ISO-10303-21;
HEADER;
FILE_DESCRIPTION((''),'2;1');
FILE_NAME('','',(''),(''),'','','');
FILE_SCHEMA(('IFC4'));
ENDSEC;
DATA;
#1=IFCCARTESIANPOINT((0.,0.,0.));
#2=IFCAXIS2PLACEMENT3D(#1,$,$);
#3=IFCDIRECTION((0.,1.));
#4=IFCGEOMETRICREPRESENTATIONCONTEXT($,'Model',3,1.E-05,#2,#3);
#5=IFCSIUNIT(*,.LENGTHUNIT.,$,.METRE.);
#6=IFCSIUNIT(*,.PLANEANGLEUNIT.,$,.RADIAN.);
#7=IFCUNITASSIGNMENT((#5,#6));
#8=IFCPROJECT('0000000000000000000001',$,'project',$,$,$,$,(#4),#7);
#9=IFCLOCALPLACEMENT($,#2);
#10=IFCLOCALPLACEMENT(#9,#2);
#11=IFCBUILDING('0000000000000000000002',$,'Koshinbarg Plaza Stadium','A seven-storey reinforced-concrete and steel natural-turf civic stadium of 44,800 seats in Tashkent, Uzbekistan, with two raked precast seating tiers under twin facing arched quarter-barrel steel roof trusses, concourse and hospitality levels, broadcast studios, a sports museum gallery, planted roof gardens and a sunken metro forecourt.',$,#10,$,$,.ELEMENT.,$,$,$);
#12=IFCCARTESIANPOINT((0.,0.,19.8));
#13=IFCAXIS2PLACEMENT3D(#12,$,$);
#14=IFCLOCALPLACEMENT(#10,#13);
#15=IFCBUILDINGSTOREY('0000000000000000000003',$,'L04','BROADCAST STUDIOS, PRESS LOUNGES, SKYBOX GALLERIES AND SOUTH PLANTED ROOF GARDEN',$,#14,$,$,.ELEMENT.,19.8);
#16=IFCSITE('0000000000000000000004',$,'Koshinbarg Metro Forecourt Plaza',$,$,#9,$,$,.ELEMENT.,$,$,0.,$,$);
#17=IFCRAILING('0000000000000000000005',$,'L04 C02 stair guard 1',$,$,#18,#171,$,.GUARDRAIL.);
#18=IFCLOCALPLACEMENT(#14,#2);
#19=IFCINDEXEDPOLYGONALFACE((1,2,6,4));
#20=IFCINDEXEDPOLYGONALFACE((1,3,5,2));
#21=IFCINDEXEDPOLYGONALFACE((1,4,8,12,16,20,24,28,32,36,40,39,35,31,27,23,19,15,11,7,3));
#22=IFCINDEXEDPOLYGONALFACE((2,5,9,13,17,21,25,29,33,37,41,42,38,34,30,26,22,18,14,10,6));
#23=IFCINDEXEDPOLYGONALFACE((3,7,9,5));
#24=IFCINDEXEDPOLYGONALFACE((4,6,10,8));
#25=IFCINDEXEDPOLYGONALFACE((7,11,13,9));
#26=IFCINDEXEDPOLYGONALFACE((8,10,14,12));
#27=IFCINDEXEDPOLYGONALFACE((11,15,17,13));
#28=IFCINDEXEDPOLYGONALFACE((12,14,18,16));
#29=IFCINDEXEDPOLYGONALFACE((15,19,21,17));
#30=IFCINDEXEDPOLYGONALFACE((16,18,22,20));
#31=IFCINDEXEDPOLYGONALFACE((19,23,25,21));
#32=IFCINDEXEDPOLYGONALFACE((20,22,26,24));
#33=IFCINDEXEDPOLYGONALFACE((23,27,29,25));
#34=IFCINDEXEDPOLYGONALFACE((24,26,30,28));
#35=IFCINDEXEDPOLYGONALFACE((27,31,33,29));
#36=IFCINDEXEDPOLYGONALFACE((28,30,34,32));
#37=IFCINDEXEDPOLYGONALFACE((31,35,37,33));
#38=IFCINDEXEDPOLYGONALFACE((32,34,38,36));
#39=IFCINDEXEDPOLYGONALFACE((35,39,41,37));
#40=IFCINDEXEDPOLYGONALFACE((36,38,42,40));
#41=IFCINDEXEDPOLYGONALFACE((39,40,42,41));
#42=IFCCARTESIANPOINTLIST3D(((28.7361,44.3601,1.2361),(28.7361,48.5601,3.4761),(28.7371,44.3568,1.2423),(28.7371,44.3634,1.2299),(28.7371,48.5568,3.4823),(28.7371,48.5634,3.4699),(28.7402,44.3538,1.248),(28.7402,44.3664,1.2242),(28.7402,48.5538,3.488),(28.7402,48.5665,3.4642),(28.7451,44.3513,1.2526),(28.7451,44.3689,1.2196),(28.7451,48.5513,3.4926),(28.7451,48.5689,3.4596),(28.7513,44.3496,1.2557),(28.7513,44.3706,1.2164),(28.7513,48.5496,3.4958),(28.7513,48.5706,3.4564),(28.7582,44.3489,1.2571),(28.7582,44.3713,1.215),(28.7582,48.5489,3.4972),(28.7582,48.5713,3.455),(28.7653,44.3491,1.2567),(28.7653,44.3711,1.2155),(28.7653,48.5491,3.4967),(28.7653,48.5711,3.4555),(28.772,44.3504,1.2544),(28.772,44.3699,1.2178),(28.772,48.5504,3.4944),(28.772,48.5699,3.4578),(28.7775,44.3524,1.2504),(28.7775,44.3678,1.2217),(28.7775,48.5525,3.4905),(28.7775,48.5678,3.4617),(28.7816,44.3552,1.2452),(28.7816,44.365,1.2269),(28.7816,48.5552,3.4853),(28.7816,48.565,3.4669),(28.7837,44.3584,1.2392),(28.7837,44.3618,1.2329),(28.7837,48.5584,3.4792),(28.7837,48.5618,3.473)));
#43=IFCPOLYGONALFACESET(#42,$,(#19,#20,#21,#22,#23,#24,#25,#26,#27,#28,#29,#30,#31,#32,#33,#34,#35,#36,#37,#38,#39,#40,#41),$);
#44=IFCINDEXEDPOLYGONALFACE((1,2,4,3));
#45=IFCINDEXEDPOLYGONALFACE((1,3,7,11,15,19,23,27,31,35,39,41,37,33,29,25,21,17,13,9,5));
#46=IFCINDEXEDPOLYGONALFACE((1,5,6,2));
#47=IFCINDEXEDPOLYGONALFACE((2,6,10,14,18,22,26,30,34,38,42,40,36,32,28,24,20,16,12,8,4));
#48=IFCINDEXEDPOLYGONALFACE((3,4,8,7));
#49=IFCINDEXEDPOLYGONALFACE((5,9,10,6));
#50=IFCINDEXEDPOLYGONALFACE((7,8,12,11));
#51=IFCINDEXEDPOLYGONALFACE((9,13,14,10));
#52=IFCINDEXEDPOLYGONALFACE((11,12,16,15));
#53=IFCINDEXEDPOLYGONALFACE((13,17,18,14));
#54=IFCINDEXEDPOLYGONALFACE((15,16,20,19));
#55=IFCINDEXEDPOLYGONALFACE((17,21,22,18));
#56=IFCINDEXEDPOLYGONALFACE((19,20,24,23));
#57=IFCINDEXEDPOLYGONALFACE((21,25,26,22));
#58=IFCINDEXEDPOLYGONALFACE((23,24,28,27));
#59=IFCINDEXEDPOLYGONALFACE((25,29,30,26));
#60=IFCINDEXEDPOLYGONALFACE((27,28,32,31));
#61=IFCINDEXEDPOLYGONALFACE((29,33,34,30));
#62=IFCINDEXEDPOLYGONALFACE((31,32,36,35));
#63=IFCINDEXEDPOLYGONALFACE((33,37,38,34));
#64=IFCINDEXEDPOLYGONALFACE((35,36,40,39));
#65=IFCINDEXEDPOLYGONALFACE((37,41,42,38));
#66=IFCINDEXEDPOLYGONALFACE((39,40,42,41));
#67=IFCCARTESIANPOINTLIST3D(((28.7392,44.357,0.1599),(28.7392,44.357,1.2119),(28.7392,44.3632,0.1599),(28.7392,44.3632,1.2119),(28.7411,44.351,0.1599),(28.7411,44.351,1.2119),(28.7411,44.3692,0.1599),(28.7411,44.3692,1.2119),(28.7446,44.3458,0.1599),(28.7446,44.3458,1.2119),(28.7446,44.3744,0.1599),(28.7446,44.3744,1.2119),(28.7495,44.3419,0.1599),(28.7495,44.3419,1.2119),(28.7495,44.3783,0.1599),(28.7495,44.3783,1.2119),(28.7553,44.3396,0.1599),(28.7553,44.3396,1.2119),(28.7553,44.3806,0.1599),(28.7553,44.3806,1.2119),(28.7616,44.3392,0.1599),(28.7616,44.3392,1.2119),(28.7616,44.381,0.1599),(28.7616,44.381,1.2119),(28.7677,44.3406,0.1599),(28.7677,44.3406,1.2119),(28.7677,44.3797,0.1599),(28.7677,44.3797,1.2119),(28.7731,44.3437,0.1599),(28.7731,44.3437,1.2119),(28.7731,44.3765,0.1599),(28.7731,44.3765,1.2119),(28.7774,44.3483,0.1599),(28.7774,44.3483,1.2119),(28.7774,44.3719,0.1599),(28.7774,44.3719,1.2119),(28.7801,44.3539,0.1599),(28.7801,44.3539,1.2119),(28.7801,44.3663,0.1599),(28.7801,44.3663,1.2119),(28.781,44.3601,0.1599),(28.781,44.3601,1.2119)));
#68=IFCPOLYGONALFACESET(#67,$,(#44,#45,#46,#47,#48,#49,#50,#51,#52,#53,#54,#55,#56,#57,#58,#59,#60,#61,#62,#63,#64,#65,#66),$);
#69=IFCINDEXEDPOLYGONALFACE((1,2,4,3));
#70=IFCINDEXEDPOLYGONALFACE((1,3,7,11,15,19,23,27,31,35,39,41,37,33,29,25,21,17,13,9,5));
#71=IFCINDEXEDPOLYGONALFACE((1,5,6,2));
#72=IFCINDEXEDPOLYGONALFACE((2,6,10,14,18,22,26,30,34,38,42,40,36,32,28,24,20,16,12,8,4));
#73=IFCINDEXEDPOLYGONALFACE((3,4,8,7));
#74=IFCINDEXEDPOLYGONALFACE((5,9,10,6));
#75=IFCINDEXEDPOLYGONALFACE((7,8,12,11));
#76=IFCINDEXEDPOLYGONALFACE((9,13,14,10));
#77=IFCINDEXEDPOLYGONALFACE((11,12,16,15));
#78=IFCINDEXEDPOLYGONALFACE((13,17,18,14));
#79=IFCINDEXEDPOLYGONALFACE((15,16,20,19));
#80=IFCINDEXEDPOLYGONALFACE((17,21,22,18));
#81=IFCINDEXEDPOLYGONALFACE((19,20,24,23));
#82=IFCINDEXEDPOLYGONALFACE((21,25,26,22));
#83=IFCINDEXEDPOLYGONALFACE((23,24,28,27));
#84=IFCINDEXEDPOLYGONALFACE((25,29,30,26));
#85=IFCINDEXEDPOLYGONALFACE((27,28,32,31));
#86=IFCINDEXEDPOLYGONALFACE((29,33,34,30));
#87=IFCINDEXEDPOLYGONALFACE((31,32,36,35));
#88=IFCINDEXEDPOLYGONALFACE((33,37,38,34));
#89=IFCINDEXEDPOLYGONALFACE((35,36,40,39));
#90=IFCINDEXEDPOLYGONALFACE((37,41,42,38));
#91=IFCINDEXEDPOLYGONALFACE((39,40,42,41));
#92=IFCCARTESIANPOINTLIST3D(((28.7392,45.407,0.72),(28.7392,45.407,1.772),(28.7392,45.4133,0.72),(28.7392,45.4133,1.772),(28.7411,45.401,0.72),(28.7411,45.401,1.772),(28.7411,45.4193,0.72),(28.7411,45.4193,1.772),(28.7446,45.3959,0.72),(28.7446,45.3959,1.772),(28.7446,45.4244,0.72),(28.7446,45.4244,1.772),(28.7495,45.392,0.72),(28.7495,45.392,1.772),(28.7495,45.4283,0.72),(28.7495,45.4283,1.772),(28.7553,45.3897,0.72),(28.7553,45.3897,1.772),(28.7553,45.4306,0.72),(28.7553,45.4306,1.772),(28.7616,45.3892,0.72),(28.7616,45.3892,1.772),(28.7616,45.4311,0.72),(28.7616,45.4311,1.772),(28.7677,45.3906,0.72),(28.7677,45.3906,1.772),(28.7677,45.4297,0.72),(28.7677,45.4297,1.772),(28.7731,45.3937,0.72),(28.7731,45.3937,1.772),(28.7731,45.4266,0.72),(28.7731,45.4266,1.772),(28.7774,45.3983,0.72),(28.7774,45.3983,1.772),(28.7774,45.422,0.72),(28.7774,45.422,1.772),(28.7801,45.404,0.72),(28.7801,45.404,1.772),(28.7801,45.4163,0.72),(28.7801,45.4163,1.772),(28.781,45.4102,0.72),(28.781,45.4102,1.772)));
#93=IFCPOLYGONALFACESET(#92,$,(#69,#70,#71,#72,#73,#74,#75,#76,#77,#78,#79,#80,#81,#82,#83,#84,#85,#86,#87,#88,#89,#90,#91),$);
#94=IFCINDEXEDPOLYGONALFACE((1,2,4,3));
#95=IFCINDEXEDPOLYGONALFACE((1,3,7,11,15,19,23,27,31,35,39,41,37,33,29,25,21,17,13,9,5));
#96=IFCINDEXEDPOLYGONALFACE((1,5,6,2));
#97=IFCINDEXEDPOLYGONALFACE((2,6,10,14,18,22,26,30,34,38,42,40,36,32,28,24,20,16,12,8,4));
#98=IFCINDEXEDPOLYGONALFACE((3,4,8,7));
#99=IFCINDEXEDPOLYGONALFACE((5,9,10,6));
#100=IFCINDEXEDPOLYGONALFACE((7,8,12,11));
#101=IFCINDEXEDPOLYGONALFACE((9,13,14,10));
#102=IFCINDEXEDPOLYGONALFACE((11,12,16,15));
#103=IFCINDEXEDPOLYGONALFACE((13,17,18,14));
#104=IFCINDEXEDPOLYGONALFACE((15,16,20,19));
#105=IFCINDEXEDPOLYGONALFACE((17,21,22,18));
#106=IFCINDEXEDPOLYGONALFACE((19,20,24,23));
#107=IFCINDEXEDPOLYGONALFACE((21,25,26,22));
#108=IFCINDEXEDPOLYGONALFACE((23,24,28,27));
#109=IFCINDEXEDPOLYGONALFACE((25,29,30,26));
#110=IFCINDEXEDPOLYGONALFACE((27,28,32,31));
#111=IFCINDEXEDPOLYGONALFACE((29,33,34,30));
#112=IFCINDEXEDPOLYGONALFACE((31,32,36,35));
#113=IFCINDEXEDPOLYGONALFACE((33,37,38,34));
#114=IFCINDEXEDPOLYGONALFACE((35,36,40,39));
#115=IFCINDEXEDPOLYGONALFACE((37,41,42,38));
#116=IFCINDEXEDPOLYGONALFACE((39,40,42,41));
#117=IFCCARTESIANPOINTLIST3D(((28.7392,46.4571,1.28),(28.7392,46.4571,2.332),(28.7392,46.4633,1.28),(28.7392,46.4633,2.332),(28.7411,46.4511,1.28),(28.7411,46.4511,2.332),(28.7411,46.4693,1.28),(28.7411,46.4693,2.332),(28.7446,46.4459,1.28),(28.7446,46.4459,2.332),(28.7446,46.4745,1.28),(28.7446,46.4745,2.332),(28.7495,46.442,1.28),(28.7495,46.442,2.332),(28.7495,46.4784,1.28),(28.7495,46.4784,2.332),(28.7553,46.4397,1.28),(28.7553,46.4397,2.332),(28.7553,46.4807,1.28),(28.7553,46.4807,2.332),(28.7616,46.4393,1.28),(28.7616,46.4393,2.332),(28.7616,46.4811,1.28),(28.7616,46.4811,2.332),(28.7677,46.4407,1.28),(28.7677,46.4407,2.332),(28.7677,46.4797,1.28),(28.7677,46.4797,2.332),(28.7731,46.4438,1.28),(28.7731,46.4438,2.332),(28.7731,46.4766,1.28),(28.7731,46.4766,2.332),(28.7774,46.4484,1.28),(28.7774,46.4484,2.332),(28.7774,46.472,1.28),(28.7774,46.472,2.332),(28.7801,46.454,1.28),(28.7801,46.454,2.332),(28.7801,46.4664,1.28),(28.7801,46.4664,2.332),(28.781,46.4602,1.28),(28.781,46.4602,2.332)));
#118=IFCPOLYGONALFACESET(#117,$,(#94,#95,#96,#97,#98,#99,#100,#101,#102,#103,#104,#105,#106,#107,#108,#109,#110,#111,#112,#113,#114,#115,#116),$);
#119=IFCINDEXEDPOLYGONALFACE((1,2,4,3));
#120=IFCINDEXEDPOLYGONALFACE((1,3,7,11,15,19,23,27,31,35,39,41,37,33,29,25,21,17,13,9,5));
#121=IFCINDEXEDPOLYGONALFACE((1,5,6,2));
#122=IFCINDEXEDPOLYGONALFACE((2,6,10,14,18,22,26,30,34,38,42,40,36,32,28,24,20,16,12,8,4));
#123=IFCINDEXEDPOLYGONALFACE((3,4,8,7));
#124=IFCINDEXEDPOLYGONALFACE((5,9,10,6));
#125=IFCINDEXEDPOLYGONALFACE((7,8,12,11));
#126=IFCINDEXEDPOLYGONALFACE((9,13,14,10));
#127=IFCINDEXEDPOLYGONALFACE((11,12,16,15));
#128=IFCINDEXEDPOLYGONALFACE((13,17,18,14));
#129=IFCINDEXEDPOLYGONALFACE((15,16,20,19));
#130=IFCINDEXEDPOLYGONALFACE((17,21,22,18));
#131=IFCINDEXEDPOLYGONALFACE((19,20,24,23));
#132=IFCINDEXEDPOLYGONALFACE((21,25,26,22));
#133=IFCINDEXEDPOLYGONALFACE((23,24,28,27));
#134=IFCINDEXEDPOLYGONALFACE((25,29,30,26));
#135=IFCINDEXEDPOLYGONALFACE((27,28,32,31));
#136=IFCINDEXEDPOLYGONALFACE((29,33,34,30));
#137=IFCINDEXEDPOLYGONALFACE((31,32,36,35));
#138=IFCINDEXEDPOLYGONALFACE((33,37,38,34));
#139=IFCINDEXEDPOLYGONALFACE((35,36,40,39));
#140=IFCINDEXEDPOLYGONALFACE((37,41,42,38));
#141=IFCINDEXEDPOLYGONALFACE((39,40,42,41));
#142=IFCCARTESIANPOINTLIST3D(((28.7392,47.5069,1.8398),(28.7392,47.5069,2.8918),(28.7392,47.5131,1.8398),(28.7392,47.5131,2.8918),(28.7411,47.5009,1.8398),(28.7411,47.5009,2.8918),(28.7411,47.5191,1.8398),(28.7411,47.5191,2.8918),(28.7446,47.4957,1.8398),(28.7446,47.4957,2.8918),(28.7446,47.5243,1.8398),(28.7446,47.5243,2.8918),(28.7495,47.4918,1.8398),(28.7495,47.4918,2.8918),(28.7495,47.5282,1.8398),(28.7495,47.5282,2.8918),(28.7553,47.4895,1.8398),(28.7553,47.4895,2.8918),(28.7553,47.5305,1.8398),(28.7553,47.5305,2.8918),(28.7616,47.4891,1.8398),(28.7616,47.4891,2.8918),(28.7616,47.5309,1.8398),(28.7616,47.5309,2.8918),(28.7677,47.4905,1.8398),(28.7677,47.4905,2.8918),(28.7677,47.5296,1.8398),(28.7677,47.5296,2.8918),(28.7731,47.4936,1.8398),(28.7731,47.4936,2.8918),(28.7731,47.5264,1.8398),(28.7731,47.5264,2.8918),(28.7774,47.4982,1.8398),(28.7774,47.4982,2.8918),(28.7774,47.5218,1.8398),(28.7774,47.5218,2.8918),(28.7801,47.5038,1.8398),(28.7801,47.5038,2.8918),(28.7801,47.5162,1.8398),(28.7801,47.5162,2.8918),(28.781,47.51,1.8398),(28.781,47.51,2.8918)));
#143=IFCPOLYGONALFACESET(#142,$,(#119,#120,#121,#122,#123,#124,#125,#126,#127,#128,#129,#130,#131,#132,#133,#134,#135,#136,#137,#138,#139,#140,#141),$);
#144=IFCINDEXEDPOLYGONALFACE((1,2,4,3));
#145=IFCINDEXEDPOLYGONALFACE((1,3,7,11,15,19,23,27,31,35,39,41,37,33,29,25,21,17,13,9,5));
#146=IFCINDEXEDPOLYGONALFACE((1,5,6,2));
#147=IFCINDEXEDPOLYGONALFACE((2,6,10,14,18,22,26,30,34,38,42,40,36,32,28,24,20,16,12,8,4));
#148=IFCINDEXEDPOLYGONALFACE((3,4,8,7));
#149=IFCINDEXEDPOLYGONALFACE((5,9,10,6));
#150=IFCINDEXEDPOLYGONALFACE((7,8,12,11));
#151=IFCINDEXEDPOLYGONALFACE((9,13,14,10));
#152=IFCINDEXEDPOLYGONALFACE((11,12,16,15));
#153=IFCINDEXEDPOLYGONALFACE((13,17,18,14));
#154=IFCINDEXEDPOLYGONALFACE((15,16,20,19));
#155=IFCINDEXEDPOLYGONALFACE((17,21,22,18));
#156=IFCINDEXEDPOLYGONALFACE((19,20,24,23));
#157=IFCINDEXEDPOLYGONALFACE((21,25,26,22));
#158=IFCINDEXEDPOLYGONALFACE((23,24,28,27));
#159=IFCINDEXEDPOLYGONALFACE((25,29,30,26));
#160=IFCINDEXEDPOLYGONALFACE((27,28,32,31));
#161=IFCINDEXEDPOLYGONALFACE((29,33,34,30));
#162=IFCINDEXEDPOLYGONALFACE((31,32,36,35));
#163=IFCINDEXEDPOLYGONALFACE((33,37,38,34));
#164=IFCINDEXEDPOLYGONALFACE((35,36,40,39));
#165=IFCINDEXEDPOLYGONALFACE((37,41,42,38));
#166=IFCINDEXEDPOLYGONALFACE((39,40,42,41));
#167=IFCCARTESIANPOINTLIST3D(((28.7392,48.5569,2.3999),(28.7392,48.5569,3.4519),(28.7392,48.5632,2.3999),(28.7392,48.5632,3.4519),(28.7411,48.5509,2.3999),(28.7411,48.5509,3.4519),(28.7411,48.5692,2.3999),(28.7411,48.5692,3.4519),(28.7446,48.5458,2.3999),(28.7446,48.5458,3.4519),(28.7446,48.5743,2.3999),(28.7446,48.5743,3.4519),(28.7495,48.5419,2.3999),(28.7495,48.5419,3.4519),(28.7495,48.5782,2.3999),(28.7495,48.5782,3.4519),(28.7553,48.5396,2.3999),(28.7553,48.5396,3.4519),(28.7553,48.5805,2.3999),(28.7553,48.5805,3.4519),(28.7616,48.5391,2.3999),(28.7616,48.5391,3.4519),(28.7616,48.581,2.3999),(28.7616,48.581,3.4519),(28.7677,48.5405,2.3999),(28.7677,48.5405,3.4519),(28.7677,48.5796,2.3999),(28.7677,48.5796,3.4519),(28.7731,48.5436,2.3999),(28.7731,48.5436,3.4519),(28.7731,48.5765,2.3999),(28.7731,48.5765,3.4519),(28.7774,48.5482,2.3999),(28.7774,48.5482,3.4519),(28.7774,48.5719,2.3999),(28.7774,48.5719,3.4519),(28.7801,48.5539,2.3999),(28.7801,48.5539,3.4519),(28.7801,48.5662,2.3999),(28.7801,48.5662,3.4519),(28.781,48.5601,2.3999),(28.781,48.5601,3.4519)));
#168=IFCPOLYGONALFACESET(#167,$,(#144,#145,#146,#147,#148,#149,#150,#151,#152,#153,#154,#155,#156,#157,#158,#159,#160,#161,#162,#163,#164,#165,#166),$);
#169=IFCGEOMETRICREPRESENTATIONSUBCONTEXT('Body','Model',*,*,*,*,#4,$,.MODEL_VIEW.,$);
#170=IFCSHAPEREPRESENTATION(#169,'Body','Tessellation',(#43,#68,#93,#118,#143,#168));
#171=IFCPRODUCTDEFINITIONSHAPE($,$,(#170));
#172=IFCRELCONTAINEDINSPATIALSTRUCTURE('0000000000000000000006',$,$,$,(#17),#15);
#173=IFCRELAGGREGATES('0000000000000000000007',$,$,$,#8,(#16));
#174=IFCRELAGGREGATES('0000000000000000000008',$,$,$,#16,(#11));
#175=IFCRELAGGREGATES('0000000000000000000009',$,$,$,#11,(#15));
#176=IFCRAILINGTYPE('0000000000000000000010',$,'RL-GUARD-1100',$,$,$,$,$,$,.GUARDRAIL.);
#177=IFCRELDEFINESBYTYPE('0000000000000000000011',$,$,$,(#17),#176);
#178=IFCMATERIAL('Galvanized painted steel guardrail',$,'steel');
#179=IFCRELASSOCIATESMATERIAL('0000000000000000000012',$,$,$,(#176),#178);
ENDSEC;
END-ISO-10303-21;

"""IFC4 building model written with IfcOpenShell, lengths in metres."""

from ifc_helpers import new_model, si_unit, direction, frame, origin, origin_2d, place, context, subcontext, project, spatial, circle, extrude, material, type_object, element, save


model = new_model("IFC4")

# Units and contexts
model_context = context("Model", 3, precision=1e-05, world=origin(), true_north=direction((0.0, 1.0)))
body_context = subcontext(model_context, "Body", "Model", "MODEL_VIEW")
ifc_project = project(units=[si_unit("LENGTHUNIT", "METRE"), si_unit("PLANEANGLEUNIT", "RADIAN")], contexts=[model_context])

# Site, building, storey
site_placement = place(None, origin())
site = spatial("IfcSite", under=ifc_project, at=site_placement, Name="Koshinbarg Metro Forecourt Plaza", CompositionType="ELEMENT", RefElevation=0.0)
building_placement = place(site_placement, origin())
building = spatial("IfcBuilding", under=site, at=building_placement, Name="Koshinbarg Plaza Stadium", Description="A seven-storey reinforced-concrete and steel natural-turf civic stadium of 44,800 seats in Tashkent, Uzbekistan, with two raked precast seating tiers under twin facing arched quarter-barrel steel roof trusses, concourse and hospitality levels, broadcast studios, a sports museum gallery, planted roof gardens and a sunken metro forecourt.", CompositionType="ELEMENT")
storey_placement = place(building_placement, frame((0.0, 0.0, 19.8)))
storey = spatial("IfcBuildingStorey", under=building, at=storey_placement, Name="L04", Description="BROADCAST STUDIOS, PRESS LOUNGES, SKYBOX GALLERIES AND SOUTH PLANTED ROOF GARDEN", CompositionType="ELEMENT", Elevation=19.8)

# Railing
ifc_material_1 = material(Name="Galvanized painted steel guardrail", Category="steel")
railing_type_1 = type_object("IfcRailingType", Name="RL-GUARD-1100", PredefinedType="GUARDRAIL", material=ifc_material_1)
railing_1_placement = place(storey_placement, frame((28.76, 44.3601, 0.1599)))
element("IfcRailing", 1, at=railing_1_placement, inside=storey, type_object=railing_type_1, Name="L04 C02 stair guard 1", PredefinedType="GUARDRAIL", context=body_context, shape_type="SweptSolid", body=[
    extrude(circle(Radius=0.0239, at=origin_2d()), frame((0.0, 0.0, 1.0762), z_axis=(0.0, 0.882352, 0.470591), x_axis=(-1.0, 0.0, 0.0)), (0.0, 0.0, 1.0), 4.76),
    extrude(circle(Radius=0.021, at=origin_2d()), origin(), (0.0, 0.0, 1.0), 1.052),
    extrude(circle(Radius=0.021, at=origin_2d()), frame((0.0, 1.05, 0.5601)), (0.0, 0.0, 1.0), 1.052),
    extrude(circle(Radius=0.021, at=origin_2d()), frame((0.0, 2.1001, 1.1201)), (0.0, 0.0, 1.0), 1.052),
    extrude(circle(Radius=0.021, at=origin_2d()), frame((0.0, 3.1499, 1.6799)), (0.0, 0.0, 1.0), 1.052),
    extrude(circle(Radius=0.021, at=origin_2d()), frame((0.0, 4.2, 2.24)), (0.0, 0.0, 1.0), 1.052),
])

save(model, "model.ifc")
